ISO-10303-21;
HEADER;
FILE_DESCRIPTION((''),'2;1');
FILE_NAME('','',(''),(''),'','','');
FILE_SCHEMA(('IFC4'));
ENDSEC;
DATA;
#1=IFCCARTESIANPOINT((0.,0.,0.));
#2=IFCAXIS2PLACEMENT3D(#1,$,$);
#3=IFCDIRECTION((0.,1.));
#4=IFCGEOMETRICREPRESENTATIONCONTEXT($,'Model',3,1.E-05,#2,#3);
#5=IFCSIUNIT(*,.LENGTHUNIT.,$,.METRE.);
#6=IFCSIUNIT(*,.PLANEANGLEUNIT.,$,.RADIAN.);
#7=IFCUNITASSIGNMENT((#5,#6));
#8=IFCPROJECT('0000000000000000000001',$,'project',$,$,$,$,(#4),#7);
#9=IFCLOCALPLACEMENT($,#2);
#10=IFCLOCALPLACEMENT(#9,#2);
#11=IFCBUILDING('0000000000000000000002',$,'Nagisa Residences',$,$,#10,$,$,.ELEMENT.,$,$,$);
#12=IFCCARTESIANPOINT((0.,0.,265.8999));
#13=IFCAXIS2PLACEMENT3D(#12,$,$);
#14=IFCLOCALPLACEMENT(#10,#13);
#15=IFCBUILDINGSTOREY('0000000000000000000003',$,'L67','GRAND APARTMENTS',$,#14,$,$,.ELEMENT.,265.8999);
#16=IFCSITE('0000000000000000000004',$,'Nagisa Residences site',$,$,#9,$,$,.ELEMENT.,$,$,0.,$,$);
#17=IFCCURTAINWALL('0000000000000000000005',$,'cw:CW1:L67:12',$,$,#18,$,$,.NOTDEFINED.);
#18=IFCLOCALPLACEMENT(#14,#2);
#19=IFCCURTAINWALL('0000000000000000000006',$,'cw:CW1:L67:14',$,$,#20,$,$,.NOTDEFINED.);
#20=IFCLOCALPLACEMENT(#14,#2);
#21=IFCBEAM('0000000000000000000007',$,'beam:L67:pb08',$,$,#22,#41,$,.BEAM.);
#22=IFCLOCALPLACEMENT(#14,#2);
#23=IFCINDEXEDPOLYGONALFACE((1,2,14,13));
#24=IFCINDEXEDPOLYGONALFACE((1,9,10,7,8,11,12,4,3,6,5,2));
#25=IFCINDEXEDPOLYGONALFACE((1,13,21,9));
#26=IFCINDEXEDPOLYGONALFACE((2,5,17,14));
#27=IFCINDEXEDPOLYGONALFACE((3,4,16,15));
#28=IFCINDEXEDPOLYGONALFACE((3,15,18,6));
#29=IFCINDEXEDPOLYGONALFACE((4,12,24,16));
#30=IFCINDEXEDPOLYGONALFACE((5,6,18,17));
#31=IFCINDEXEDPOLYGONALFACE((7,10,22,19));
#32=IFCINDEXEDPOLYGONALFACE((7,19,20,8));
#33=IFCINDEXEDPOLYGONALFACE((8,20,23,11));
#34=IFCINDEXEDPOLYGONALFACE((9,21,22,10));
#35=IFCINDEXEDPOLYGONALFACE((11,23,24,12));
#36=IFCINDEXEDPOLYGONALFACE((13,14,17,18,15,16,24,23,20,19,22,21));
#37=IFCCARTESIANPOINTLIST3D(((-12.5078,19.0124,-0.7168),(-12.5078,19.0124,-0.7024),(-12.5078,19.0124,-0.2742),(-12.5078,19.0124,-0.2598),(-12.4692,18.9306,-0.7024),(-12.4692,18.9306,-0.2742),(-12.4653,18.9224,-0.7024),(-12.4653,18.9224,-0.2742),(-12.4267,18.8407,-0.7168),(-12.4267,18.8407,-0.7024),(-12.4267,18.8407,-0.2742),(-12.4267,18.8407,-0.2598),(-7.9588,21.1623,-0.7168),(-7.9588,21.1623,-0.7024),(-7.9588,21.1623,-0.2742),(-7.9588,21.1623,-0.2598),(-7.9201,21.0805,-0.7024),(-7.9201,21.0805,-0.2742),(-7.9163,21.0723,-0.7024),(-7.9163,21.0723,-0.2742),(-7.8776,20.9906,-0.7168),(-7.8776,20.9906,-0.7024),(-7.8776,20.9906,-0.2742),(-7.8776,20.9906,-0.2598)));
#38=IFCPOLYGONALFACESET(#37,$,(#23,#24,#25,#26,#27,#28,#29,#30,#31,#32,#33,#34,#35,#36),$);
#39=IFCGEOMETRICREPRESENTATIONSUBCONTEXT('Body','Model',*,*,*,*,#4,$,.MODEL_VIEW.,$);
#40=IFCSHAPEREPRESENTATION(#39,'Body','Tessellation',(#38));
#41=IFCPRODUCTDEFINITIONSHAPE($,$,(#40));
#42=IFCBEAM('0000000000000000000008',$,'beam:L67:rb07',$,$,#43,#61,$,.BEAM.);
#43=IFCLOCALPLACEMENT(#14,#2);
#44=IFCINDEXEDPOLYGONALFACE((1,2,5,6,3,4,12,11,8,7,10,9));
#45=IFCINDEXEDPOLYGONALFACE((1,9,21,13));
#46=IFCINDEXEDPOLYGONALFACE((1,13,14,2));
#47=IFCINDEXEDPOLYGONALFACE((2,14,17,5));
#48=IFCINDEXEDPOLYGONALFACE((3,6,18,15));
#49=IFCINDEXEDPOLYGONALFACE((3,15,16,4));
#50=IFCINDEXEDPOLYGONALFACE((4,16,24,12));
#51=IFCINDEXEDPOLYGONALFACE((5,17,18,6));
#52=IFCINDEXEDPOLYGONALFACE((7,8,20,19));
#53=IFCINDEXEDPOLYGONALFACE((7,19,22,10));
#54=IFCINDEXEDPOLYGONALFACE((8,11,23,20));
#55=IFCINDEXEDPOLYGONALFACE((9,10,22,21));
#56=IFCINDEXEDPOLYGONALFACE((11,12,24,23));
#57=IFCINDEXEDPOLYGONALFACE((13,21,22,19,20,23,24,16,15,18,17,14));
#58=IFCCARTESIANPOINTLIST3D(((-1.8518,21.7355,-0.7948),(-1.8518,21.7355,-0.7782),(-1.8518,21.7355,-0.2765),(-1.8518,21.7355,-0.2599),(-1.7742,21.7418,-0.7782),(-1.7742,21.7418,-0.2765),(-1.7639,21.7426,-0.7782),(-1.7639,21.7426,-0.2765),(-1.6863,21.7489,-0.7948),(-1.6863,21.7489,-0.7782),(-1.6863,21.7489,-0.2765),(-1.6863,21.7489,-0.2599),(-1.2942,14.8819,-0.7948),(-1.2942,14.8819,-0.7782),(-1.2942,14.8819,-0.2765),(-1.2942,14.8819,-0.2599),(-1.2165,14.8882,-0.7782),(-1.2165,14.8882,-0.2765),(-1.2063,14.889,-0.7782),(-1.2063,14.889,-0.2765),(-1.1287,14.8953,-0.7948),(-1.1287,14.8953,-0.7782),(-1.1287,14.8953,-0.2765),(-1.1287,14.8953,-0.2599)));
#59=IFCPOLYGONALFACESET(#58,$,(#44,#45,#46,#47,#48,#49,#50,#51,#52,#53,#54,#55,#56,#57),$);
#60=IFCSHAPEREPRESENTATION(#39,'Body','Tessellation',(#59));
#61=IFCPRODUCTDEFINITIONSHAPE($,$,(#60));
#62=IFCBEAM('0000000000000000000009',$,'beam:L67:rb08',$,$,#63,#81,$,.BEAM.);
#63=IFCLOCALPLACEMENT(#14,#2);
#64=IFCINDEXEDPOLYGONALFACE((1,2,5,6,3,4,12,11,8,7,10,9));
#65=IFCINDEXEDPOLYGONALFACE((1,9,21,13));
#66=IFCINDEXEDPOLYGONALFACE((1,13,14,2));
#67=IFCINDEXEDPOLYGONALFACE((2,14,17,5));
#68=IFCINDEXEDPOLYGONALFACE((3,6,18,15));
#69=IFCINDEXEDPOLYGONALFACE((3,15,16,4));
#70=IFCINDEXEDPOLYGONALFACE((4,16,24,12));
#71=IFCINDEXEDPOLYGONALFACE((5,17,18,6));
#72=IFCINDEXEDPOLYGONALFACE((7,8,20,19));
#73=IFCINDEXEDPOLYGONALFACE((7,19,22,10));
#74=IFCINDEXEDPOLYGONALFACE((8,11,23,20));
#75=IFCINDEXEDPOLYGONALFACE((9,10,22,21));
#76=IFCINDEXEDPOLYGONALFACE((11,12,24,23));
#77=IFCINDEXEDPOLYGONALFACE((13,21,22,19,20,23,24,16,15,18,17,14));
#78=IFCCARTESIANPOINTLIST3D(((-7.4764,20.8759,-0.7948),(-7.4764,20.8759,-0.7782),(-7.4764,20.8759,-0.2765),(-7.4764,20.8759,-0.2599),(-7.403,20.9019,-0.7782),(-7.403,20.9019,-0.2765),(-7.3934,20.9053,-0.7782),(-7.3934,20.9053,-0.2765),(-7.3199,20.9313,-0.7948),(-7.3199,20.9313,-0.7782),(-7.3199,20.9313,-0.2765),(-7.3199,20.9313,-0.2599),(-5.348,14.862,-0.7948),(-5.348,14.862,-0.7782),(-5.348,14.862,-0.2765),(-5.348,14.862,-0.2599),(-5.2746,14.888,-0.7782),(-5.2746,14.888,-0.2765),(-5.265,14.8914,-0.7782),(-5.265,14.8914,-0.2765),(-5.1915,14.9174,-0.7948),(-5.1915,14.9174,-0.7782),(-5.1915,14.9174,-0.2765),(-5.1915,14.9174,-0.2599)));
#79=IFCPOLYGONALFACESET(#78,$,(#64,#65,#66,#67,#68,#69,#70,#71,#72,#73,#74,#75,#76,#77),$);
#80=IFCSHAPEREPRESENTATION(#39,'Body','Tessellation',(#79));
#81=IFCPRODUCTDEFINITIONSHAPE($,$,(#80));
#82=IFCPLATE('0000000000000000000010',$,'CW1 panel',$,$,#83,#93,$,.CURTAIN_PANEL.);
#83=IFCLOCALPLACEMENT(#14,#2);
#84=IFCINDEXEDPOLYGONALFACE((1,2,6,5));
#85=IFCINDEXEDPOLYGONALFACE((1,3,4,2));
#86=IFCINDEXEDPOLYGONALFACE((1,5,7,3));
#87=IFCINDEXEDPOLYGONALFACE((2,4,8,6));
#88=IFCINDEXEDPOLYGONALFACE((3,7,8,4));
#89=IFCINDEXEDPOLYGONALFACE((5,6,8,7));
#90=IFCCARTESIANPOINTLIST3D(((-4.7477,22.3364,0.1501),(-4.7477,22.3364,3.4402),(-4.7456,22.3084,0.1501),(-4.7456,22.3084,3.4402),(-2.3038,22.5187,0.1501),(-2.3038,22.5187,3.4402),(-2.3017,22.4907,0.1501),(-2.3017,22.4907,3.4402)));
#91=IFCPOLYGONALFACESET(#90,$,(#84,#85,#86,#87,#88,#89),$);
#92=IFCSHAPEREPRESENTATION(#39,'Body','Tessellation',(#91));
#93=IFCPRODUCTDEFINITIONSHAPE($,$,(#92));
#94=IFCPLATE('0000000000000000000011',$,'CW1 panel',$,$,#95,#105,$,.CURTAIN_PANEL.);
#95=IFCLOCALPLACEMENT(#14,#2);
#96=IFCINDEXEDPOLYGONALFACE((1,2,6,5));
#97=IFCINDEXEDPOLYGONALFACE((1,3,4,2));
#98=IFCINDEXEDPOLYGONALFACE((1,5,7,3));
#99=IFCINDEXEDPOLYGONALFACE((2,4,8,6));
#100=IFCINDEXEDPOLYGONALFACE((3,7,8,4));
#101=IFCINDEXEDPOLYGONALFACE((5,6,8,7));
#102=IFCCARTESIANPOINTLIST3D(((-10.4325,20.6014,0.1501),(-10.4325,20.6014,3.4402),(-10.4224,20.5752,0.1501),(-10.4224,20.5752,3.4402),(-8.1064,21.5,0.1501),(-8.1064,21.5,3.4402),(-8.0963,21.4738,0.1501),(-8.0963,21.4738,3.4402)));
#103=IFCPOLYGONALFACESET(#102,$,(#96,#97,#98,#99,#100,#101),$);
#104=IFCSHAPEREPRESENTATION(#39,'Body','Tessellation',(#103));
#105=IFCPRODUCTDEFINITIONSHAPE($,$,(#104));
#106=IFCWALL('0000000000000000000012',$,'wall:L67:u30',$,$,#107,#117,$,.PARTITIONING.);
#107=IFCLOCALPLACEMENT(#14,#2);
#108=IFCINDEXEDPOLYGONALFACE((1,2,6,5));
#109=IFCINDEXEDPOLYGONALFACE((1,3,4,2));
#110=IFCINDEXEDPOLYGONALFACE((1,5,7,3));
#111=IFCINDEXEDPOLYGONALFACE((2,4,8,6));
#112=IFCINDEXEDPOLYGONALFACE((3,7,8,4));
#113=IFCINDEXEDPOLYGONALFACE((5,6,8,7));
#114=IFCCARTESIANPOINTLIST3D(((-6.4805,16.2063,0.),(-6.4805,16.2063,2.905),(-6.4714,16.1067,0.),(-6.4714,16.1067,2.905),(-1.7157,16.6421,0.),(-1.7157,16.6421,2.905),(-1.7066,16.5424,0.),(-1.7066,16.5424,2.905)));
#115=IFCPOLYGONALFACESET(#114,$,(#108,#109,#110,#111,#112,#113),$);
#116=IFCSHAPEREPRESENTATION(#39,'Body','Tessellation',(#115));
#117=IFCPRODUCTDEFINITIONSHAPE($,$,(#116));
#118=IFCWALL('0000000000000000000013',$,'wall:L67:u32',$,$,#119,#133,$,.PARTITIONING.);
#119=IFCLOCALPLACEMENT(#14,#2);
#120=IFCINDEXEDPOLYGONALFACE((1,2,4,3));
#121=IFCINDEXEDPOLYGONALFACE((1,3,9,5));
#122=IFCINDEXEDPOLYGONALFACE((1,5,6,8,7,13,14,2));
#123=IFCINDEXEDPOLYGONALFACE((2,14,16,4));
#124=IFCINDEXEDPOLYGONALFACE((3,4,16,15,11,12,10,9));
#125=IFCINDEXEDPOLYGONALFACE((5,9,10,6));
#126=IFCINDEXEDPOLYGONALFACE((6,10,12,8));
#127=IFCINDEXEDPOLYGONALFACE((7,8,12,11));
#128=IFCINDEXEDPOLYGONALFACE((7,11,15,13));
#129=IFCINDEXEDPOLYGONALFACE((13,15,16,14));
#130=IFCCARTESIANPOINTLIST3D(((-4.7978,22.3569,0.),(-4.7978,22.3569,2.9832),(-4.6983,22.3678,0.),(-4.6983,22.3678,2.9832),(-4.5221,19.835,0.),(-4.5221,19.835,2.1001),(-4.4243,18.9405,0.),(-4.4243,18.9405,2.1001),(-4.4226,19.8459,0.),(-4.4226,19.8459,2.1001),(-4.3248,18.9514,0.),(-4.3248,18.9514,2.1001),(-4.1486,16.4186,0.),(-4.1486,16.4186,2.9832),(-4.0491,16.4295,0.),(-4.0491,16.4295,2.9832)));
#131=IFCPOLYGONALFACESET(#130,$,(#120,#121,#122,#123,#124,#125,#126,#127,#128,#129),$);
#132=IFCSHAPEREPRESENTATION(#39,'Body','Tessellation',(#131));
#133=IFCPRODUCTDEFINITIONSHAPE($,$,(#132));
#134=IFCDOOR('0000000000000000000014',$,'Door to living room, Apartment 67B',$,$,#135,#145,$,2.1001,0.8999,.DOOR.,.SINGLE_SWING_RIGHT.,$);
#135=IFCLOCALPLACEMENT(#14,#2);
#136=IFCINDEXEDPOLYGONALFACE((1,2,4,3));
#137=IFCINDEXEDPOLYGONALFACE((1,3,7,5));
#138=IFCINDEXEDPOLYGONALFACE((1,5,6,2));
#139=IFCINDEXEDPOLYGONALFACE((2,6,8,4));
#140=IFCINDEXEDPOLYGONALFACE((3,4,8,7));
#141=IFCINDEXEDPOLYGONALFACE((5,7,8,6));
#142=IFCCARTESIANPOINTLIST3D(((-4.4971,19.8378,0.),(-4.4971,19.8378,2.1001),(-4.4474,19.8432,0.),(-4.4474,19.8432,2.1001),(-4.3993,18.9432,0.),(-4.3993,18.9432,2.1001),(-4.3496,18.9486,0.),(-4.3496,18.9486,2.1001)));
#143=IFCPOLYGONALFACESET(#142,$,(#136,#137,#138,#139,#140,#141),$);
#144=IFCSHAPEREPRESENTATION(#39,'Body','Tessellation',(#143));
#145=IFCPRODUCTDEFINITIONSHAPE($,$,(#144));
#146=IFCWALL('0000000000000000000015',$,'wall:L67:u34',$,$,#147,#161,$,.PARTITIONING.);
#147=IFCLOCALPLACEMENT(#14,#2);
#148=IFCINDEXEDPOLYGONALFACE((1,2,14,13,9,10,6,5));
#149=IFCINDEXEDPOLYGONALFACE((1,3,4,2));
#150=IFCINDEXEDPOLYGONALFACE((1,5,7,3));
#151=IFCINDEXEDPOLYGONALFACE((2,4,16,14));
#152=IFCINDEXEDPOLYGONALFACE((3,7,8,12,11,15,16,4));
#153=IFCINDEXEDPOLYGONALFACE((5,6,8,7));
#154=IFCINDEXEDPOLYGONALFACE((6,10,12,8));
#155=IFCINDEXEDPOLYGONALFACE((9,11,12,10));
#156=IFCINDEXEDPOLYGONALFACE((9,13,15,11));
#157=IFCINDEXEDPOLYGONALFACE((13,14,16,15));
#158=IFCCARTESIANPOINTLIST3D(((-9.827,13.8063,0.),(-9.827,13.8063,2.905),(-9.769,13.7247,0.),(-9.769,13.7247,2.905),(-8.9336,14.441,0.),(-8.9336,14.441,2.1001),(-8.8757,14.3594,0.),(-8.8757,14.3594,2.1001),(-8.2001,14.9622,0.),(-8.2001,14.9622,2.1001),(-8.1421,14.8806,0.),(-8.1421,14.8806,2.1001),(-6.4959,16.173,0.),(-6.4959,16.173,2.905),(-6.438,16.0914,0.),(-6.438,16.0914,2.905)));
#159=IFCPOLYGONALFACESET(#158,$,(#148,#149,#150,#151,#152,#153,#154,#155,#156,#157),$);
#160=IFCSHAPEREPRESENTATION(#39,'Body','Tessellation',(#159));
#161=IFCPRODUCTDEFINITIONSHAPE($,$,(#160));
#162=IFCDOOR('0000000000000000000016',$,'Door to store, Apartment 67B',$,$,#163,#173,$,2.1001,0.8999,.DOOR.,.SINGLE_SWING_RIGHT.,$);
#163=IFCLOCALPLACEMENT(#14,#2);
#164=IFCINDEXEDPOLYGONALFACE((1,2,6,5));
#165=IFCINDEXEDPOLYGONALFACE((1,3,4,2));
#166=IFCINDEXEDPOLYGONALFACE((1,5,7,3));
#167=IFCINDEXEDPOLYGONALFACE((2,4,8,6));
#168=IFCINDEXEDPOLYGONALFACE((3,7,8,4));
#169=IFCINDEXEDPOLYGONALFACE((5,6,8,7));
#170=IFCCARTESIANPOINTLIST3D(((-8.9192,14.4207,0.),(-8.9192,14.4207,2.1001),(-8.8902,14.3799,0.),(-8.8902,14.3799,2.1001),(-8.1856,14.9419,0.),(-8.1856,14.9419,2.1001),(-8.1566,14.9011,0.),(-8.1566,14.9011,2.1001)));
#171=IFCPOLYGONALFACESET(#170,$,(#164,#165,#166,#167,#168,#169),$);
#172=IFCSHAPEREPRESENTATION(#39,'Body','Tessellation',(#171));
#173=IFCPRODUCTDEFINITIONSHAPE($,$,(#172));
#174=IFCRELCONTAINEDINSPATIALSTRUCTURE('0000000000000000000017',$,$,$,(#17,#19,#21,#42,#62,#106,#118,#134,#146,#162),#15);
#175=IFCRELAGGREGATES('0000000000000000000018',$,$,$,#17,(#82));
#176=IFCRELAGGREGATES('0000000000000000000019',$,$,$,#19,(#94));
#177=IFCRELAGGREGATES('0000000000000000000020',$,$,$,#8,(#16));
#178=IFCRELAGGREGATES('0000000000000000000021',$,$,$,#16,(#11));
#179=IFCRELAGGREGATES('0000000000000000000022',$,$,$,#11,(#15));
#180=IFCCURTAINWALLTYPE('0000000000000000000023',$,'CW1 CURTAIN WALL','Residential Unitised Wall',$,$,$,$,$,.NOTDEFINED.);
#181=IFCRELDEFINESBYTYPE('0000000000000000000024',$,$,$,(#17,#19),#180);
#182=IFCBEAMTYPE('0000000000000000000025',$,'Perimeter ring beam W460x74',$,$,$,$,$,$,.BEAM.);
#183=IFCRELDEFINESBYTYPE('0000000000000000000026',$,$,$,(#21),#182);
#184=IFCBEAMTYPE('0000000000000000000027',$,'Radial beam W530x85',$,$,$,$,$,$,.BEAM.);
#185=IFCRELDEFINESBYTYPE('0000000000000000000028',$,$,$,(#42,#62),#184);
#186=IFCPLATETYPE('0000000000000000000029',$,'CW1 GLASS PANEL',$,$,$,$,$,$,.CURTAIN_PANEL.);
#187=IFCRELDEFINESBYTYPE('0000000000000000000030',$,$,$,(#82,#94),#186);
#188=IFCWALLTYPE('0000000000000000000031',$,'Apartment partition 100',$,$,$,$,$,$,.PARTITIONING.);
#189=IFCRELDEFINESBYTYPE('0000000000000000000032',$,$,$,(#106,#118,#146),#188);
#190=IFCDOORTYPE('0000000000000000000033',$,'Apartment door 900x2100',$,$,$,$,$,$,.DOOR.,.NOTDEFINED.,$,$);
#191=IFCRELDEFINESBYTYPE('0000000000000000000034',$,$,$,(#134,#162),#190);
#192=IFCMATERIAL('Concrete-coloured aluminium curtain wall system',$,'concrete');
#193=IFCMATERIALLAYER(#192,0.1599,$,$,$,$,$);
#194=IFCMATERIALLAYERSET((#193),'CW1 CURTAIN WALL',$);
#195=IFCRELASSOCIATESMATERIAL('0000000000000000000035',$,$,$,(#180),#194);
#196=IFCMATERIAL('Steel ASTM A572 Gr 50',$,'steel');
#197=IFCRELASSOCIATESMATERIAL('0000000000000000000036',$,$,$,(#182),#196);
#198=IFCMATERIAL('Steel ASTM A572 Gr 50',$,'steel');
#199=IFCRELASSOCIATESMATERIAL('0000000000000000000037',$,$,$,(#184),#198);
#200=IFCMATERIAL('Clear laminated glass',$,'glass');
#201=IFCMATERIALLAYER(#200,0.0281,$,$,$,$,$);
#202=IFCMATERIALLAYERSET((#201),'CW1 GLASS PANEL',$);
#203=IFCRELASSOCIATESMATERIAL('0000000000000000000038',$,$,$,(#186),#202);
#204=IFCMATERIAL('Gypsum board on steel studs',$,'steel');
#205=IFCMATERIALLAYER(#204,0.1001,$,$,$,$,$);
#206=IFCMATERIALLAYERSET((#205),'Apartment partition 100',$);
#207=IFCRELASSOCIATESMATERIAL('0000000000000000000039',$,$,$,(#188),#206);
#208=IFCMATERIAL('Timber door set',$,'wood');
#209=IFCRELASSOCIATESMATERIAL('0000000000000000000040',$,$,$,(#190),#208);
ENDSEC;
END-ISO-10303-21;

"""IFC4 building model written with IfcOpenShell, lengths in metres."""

from ifc_helpers import new_model, si_unit, direction, frame, frame_2d, origin, origin_2d, place, context, subcontext, project, spatial, rectangle, i_section, extrude, material, layer, layer_set, material_profile, profile_set, type_object, element, fill, aggregate, save


model = new_model("IFC4")

# Units and contexts
model_context = context("Model", 3, precision=1e-05, world=origin(), true_north=direction((0.0, 1.0)))
body_context = subcontext(model_context, "Body", "Model", "MODEL_VIEW")
ifc_project = project(units=[si_unit("LENGTHUNIT", "METRE"), si_unit("PLANEANGLEUNIT", "RADIAN")], contexts=[model_context])

# Site, building, storey
site_placement = place(None, origin())
site = spatial("IfcSite", under=ifc_project, at=site_placement, Name="Nagisa Residences site", CompositionType="ELEMENT", RefElevation=0.0)
building_placement = place(site_placement, origin())
building = spatial("IfcBuilding", under=site, at=building_placement, Name="Nagisa Residences", CompositionType="ELEMENT")
storey_placement = place(building_placement, frame((0.0, 0.0, 265.8999)))
storey = spatial("IfcBuildingStorey", under=building, at=storey_placement, Name="L67", Description="GRAND APARTMENTS", CompositionType="ELEMENT", Elevation=265.8999)

# Curtain walls
ifc_material_1 = material(Name="Concrete-coloured aluminium curtain wall system", Category="concrete")
ifc_layer_1 = layer(ifc_material_1, 0.1599)
ifc_layer_set_1 = layer_set([ifc_layer_1], Name="CW1 CURTAIN WALL")
curtain_wall_type = type_object("IfcCurtainWallType", Name="CW1 CURTAIN WALL", Description="Residential Unitised Wall", PredefinedType="NOTDEFINED", material=ifc_layer_set_1)
curtain_wall_1_placement = place(storey_placement, origin())
curtain_wall_1 = element("IfcCurtainWall", 1, at=curtain_wall_1_placement, inside=storey, type_object=curtain_wall_type, Name="cw:CW1:L67:12", PredefinedType="NOTDEFINED")
curtain_wall_2_placement = place(storey_placement, origin())
curtain_wall_2 = element("IfcCurtainWall", 2, at=curtain_wall_2_placement, inside=storey, type_object=curtain_wall_type, Name="cw:CW1:L67:14", PredefinedType="NOTDEFINED")

# Beams
ifc_material_2 = material(Name="Steel ASTM A572 Gr 50", Category="steel")
ifc_material_profile_1 = material_profile(ifc_material_2, i_section(OverallWidth=0.1899, OverallDepth=0.457, WebThickness=0.009, FlangeThickness=0.0144, at=origin_2d()), Name="W460x74")
ifc_profile_set_1 = profile_set([ifc_material_profile_1], Name="Steel ASTM A572 Gr 50")
beam_type_1 = type_object("IfcBeamType", Name="Perimeter ring beam W460x74", PredefinedType="BEAM", material=ifc_profile_set_1)
beam_1_placement = place(storey_placement, frame((-7.9182, 21.0764, -0.4883), z_axis=(-0.904116, -0.427287, 0.0), x_axis=(0.427287, -0.904116, 0.0)))
element("IfcBeam", 3, at=beam_1_placement, inside=storey, type_object=beam_type_1, Name="beam:L67:pb08", PredefinedType="BEAM", context=body_context, shape_type="SweptSolid", body=[
    extrude(i_section(OverallWidth=0.1899, OverallDepth=0.457, WebThickness=0.009, FlangeThickness=0.0144, at=origin_2d()), origin(), (0.0, 0.0, 1.0), 5.0315),
])
ifc_material_3 = material(Name="Steel ASTM A572 Gr 50", Category="steel")
ifc_material_profile_2 = material_profile(ifc_material_3, i_section(OverallWidth=0.166, OverallDepth=0.5349, WebThickness=0.0103, FlangeThickness=0.0166, at=origin_2d()), Name="W530x85")
ifc_profile_set_2 = profile_set([ifc_material_profile_2], Name="Steel ASTM A572 Gr 50")
beam_type_2 = type_object("IfcBeamType", Name="Radial beam W530x85", PredefinedType="BEAM", material=ifc_profile_set_2)
beam_2_placement = place(storey_placement, frame((-1.769, 21.7422, -0.5273), z_axis=(0.081094, -0.996706, 0.0), x_axis=(0.996706, 0.081094, 0.0)))
element("IfcBeam", 4, at=beam_2_placement, inside=storey, type_object=beam_type_2, Name="beam:L67:rb07", PredefinedType="BEAM", context=body_context, shape_type="SweptSolid", body=[
    extrude(i_section(OverallWidth=0.166, OverallDepth=0.5349, WebThickness=0.0103, FlangeThickness=0.0166, at=origin_2d()), origin(), (0.0, 0.0, 1.0), 6.8762),
])
beam_3_placement = place(storey_placement, frame((-7.3982, 20.9036, -0.5273), z_axis=(0.333637, -0.942702, 0.0), x_axis=(0.942702, 0.333637, 0.0)))
element("IfcBeam", 5, at=beam_3_placement, inside=storey, type_object=beam_type_2, Name="beam:L67:rb08", PredefinedType="BEAM", context=body_context, shape_type="SweptSolid", body=[
    extrude(i_section(OverallWidth=0.166, OverallDepth=0.5349, WebThickness=0.0103, FlangeThickness=0.0166, at=origin_2d()), origin(), (0.0, 0.0, 1.0), 6.3794),
])

# Plates
ifc_material_4 = material(Name="Clear laminated glass", Category="glass")
ifc_layer_2 = layer(ifc_material_4, 0.0281)
ifc_layer_set_2 = layer_set([ifc_layer_2], Name="CW1 GLASS PANEL")
plate_type = type_object("IfcPlateType", Name="CW1 GLASS PANEL", PredefinedType="CURTAIN_PANEL", material=ifc_layer_set_2)
plate_1_placement = place(storey_placement, frame((-3.5247, 22.4136, 0.1501), z_axis=(0.0, 0.0, 1.0), x_axis=(-0.99723, -0.074377, 0.0)))
plate_1 = element("IfcPlate", 6, at=plate_1_placement, type_object=plate_type, Name="CW1 panel", PredefinedType="CURTAIN_PANEL", context=body_context, shape_type="SweptSolid", body=[
    extrude(rectangle(XDim=2.4507, YDim=0.0281, at=origin_2d()), origin(), (0.0, 0.0, 1.0), 3.29),
])
aggregate(curtain_wall_1, [plate_1])
plate_2_placement = place(storey_placement, frame((-9.2644, 21.0376, 0.1501), z_axis=(0.0, 0.0, 1.0), x_axis=(-0.932826, -0.360328, 0.0)))
plate_2 = element("IfcPlate", 7, at=plate_2_placement, type_object=plate_type, Name="CW1 panel", PredefinedType="CURTAIN_PANEL", context=body_context, shape_type="SweptSolid", body=[
    extrude(rectangle(XDim=2.4937, YDim=0.0281, at=origin_2d()), origin(), (0.0, 0.0, 1.0), 3.29),
])
aggregate(curtain_wall_2, [plate_2])

# Wall
ifc_material_5 = material(Name="Gypsum board on steel studs", Category="steel")
ifc_layer_3 = layer(ifc_material_5, 0.1001)
ifc_layer_set_3 = layer_set([ifc_layer_3], Name="Apartment partition 100")
wall_type_1 = type_object("IfcWallType", Name="Apartment partition 100", PredefinedType="PARTITIONING", material=ifc_layer_set_3)
wall_1_placement = place(storey_placement, frame((-1.7112, 16.5923, 0.0), z_axis=(0.0, 0.0, 1.0), x_axis=(-0.995844, -0.091079, 0.0)))
element("IfcWall", 8, at=wall_1_placement, inside=storey, type_object=wall_type_1, Name="wall:L67:u30", PredefinedType="PARTITIONING", context=body_context, shape_type="SweptSolid", body=[
    extrude(rectangle(XDim=4.7847, YDim=0.1001, at=frame_2d((2.3923, 0.0))), origin(), (0.0, 0.0, 1.0), 2.905),
])

# Walls, openings, doors
wall_2_placement = place(storey_placement, frame((-4.0989, 16.4241, 0.0), z_axis=(0.0, 0.0, 1.0), x_axis=(-0.108673, 0.994078, 0.0)))
wall_2 = element("IfcWall", 9, at=wall_2_placement, inside=storey, type_object=wall_type_1, Name="wall:L67:u32", PredefinedType="PARTITIONING", context=body_context, shape_type="SweptSolid", body=[
    extrude(rectangle(XDim=5.9736, YDim=0.1001, at=frame_2d((2.9868, 0.0))), origin(), (0.0, 0.0, 1.0), 2.9832),
])
opening_1_placement = place(wall_2_placement, frame((2.5369, 0.0, 0.0)))
opening_1 = element("IfcOpeningElement", 10, at=opening_1_placement, cuts=wall_2, PredefinedType="OPENING", context=body_context, shape_type="SweptSolid", body=[
    extrude(rectangle(XDim=0.8999, YDim=2.1001, at=frame_2d((0.45, 1.05))), frame((0.0, 0.0601, 0.0), z_axis=(0.0, -1.0, 0.0), x_axis=(1.0, 0.0, 0.0)), (0.0, 0.0, 1.0), 0.1201),
])
ifc_material_6 = material(Name="Timber door set", Category="wood")
door_type_1 = type_object("IfcDoorType", Name="Apartment door 900x2100", OperationType="NOTDEFINED", PredefinedType="DOOR", material=ifc_material_6)
door_1_placement = place(opening_1_placement, origin())
door_1 = element("IfcDoor", 11, at=door_1_placement, inside=storey, type_object=door_type_1, Name="Door to living room, Apartment 67B", OperationType="SINGLE_SWING_RIGHT", OverallHeight=2.1001, OverallWidth=0.8999, PredefinedType="DOOR", context=body_context, shape_type="SweptSolid", body=[
    extrude(rectangle(XDim=0.8999, YDim=2.1001, at=frame_2d((0.45, 1.05))), frame((0.0, 0.0249, 0.0), z_axis=(0.0, -1.0, 0.0), x_axis=(1.0, 0.0, 0.0)), (0.0, 0.0, 1.0), 0.05),
])
fill(opening_1, door_1)
wall_3_placement = place(storey_placement, frame((-6.467, 16.1321, 0.0), z_axis=(0.0, 0.0, 1.0), x_axis=(-0.815192, -0.57919, 0.0)))
wall_3 = element("IfcWall", 12, at=wall_3_placement, inside=storey, type_object=wall_type_1, Name="wall:L67:u34", PredefinedType="PARTITIONING", context=body_context, shape_type="SweptSolid", body=[
    extrude(rectangle(XDim=4.0862, YDim=0.1001, at=frame_2d((2.043, 0.0))), origin(), (0.0, 0.0, 1.0), 2.905),
])
opening_2_placement = place(wall_3_placement, frame((2.0903, 0.0, 0.0)))
opening_2 = element("IfcOpeningElement", 13, at=opening_2_placement, cuts=wall_3, PredefinedType="OPENING", context=body_context, shape_type="SweptSolid", body=[
    extrude(rectangle(XDim=0.8999, YDim=2.1001, at=frame_2d((0.45, 1.05))), frame((0.0, 0.0601, 0.0), z_axis=(0.0, -1.0, 0.0), x_axis=(1.0, 0.0, 0.0)), (0.0, 0.0, 1.0), 0.1201),
])
door_2_placement = place(opening_2_placement, origin())
door_2 = element("IfcDoor", 14, at=door_2_placement, inside=storey, type_object=door_type_1, Name="Door to store, Apartment 67B", OperationType="SINGLE_SWING_RIGHT", OverallHeight=2.1001, OverallWidth=0.8999, PredefinedType="DOOR", context=body_context, shape_type="SweptSolid", body=[
    extrude(rectangle(XDim=0.8999, YDim=2.1001, at=frame_2d((0.45, 1.05))), frame((0.0, 0.0249, 0.0), z_axis=(0.0, -1.0, 0.0), x_axis=(1.0, 0.0, 0.0)), (0.0, 0.0, 1.0), 0.05),
])
fill(opening_2, door_2)

save(model, "model.ifc")
